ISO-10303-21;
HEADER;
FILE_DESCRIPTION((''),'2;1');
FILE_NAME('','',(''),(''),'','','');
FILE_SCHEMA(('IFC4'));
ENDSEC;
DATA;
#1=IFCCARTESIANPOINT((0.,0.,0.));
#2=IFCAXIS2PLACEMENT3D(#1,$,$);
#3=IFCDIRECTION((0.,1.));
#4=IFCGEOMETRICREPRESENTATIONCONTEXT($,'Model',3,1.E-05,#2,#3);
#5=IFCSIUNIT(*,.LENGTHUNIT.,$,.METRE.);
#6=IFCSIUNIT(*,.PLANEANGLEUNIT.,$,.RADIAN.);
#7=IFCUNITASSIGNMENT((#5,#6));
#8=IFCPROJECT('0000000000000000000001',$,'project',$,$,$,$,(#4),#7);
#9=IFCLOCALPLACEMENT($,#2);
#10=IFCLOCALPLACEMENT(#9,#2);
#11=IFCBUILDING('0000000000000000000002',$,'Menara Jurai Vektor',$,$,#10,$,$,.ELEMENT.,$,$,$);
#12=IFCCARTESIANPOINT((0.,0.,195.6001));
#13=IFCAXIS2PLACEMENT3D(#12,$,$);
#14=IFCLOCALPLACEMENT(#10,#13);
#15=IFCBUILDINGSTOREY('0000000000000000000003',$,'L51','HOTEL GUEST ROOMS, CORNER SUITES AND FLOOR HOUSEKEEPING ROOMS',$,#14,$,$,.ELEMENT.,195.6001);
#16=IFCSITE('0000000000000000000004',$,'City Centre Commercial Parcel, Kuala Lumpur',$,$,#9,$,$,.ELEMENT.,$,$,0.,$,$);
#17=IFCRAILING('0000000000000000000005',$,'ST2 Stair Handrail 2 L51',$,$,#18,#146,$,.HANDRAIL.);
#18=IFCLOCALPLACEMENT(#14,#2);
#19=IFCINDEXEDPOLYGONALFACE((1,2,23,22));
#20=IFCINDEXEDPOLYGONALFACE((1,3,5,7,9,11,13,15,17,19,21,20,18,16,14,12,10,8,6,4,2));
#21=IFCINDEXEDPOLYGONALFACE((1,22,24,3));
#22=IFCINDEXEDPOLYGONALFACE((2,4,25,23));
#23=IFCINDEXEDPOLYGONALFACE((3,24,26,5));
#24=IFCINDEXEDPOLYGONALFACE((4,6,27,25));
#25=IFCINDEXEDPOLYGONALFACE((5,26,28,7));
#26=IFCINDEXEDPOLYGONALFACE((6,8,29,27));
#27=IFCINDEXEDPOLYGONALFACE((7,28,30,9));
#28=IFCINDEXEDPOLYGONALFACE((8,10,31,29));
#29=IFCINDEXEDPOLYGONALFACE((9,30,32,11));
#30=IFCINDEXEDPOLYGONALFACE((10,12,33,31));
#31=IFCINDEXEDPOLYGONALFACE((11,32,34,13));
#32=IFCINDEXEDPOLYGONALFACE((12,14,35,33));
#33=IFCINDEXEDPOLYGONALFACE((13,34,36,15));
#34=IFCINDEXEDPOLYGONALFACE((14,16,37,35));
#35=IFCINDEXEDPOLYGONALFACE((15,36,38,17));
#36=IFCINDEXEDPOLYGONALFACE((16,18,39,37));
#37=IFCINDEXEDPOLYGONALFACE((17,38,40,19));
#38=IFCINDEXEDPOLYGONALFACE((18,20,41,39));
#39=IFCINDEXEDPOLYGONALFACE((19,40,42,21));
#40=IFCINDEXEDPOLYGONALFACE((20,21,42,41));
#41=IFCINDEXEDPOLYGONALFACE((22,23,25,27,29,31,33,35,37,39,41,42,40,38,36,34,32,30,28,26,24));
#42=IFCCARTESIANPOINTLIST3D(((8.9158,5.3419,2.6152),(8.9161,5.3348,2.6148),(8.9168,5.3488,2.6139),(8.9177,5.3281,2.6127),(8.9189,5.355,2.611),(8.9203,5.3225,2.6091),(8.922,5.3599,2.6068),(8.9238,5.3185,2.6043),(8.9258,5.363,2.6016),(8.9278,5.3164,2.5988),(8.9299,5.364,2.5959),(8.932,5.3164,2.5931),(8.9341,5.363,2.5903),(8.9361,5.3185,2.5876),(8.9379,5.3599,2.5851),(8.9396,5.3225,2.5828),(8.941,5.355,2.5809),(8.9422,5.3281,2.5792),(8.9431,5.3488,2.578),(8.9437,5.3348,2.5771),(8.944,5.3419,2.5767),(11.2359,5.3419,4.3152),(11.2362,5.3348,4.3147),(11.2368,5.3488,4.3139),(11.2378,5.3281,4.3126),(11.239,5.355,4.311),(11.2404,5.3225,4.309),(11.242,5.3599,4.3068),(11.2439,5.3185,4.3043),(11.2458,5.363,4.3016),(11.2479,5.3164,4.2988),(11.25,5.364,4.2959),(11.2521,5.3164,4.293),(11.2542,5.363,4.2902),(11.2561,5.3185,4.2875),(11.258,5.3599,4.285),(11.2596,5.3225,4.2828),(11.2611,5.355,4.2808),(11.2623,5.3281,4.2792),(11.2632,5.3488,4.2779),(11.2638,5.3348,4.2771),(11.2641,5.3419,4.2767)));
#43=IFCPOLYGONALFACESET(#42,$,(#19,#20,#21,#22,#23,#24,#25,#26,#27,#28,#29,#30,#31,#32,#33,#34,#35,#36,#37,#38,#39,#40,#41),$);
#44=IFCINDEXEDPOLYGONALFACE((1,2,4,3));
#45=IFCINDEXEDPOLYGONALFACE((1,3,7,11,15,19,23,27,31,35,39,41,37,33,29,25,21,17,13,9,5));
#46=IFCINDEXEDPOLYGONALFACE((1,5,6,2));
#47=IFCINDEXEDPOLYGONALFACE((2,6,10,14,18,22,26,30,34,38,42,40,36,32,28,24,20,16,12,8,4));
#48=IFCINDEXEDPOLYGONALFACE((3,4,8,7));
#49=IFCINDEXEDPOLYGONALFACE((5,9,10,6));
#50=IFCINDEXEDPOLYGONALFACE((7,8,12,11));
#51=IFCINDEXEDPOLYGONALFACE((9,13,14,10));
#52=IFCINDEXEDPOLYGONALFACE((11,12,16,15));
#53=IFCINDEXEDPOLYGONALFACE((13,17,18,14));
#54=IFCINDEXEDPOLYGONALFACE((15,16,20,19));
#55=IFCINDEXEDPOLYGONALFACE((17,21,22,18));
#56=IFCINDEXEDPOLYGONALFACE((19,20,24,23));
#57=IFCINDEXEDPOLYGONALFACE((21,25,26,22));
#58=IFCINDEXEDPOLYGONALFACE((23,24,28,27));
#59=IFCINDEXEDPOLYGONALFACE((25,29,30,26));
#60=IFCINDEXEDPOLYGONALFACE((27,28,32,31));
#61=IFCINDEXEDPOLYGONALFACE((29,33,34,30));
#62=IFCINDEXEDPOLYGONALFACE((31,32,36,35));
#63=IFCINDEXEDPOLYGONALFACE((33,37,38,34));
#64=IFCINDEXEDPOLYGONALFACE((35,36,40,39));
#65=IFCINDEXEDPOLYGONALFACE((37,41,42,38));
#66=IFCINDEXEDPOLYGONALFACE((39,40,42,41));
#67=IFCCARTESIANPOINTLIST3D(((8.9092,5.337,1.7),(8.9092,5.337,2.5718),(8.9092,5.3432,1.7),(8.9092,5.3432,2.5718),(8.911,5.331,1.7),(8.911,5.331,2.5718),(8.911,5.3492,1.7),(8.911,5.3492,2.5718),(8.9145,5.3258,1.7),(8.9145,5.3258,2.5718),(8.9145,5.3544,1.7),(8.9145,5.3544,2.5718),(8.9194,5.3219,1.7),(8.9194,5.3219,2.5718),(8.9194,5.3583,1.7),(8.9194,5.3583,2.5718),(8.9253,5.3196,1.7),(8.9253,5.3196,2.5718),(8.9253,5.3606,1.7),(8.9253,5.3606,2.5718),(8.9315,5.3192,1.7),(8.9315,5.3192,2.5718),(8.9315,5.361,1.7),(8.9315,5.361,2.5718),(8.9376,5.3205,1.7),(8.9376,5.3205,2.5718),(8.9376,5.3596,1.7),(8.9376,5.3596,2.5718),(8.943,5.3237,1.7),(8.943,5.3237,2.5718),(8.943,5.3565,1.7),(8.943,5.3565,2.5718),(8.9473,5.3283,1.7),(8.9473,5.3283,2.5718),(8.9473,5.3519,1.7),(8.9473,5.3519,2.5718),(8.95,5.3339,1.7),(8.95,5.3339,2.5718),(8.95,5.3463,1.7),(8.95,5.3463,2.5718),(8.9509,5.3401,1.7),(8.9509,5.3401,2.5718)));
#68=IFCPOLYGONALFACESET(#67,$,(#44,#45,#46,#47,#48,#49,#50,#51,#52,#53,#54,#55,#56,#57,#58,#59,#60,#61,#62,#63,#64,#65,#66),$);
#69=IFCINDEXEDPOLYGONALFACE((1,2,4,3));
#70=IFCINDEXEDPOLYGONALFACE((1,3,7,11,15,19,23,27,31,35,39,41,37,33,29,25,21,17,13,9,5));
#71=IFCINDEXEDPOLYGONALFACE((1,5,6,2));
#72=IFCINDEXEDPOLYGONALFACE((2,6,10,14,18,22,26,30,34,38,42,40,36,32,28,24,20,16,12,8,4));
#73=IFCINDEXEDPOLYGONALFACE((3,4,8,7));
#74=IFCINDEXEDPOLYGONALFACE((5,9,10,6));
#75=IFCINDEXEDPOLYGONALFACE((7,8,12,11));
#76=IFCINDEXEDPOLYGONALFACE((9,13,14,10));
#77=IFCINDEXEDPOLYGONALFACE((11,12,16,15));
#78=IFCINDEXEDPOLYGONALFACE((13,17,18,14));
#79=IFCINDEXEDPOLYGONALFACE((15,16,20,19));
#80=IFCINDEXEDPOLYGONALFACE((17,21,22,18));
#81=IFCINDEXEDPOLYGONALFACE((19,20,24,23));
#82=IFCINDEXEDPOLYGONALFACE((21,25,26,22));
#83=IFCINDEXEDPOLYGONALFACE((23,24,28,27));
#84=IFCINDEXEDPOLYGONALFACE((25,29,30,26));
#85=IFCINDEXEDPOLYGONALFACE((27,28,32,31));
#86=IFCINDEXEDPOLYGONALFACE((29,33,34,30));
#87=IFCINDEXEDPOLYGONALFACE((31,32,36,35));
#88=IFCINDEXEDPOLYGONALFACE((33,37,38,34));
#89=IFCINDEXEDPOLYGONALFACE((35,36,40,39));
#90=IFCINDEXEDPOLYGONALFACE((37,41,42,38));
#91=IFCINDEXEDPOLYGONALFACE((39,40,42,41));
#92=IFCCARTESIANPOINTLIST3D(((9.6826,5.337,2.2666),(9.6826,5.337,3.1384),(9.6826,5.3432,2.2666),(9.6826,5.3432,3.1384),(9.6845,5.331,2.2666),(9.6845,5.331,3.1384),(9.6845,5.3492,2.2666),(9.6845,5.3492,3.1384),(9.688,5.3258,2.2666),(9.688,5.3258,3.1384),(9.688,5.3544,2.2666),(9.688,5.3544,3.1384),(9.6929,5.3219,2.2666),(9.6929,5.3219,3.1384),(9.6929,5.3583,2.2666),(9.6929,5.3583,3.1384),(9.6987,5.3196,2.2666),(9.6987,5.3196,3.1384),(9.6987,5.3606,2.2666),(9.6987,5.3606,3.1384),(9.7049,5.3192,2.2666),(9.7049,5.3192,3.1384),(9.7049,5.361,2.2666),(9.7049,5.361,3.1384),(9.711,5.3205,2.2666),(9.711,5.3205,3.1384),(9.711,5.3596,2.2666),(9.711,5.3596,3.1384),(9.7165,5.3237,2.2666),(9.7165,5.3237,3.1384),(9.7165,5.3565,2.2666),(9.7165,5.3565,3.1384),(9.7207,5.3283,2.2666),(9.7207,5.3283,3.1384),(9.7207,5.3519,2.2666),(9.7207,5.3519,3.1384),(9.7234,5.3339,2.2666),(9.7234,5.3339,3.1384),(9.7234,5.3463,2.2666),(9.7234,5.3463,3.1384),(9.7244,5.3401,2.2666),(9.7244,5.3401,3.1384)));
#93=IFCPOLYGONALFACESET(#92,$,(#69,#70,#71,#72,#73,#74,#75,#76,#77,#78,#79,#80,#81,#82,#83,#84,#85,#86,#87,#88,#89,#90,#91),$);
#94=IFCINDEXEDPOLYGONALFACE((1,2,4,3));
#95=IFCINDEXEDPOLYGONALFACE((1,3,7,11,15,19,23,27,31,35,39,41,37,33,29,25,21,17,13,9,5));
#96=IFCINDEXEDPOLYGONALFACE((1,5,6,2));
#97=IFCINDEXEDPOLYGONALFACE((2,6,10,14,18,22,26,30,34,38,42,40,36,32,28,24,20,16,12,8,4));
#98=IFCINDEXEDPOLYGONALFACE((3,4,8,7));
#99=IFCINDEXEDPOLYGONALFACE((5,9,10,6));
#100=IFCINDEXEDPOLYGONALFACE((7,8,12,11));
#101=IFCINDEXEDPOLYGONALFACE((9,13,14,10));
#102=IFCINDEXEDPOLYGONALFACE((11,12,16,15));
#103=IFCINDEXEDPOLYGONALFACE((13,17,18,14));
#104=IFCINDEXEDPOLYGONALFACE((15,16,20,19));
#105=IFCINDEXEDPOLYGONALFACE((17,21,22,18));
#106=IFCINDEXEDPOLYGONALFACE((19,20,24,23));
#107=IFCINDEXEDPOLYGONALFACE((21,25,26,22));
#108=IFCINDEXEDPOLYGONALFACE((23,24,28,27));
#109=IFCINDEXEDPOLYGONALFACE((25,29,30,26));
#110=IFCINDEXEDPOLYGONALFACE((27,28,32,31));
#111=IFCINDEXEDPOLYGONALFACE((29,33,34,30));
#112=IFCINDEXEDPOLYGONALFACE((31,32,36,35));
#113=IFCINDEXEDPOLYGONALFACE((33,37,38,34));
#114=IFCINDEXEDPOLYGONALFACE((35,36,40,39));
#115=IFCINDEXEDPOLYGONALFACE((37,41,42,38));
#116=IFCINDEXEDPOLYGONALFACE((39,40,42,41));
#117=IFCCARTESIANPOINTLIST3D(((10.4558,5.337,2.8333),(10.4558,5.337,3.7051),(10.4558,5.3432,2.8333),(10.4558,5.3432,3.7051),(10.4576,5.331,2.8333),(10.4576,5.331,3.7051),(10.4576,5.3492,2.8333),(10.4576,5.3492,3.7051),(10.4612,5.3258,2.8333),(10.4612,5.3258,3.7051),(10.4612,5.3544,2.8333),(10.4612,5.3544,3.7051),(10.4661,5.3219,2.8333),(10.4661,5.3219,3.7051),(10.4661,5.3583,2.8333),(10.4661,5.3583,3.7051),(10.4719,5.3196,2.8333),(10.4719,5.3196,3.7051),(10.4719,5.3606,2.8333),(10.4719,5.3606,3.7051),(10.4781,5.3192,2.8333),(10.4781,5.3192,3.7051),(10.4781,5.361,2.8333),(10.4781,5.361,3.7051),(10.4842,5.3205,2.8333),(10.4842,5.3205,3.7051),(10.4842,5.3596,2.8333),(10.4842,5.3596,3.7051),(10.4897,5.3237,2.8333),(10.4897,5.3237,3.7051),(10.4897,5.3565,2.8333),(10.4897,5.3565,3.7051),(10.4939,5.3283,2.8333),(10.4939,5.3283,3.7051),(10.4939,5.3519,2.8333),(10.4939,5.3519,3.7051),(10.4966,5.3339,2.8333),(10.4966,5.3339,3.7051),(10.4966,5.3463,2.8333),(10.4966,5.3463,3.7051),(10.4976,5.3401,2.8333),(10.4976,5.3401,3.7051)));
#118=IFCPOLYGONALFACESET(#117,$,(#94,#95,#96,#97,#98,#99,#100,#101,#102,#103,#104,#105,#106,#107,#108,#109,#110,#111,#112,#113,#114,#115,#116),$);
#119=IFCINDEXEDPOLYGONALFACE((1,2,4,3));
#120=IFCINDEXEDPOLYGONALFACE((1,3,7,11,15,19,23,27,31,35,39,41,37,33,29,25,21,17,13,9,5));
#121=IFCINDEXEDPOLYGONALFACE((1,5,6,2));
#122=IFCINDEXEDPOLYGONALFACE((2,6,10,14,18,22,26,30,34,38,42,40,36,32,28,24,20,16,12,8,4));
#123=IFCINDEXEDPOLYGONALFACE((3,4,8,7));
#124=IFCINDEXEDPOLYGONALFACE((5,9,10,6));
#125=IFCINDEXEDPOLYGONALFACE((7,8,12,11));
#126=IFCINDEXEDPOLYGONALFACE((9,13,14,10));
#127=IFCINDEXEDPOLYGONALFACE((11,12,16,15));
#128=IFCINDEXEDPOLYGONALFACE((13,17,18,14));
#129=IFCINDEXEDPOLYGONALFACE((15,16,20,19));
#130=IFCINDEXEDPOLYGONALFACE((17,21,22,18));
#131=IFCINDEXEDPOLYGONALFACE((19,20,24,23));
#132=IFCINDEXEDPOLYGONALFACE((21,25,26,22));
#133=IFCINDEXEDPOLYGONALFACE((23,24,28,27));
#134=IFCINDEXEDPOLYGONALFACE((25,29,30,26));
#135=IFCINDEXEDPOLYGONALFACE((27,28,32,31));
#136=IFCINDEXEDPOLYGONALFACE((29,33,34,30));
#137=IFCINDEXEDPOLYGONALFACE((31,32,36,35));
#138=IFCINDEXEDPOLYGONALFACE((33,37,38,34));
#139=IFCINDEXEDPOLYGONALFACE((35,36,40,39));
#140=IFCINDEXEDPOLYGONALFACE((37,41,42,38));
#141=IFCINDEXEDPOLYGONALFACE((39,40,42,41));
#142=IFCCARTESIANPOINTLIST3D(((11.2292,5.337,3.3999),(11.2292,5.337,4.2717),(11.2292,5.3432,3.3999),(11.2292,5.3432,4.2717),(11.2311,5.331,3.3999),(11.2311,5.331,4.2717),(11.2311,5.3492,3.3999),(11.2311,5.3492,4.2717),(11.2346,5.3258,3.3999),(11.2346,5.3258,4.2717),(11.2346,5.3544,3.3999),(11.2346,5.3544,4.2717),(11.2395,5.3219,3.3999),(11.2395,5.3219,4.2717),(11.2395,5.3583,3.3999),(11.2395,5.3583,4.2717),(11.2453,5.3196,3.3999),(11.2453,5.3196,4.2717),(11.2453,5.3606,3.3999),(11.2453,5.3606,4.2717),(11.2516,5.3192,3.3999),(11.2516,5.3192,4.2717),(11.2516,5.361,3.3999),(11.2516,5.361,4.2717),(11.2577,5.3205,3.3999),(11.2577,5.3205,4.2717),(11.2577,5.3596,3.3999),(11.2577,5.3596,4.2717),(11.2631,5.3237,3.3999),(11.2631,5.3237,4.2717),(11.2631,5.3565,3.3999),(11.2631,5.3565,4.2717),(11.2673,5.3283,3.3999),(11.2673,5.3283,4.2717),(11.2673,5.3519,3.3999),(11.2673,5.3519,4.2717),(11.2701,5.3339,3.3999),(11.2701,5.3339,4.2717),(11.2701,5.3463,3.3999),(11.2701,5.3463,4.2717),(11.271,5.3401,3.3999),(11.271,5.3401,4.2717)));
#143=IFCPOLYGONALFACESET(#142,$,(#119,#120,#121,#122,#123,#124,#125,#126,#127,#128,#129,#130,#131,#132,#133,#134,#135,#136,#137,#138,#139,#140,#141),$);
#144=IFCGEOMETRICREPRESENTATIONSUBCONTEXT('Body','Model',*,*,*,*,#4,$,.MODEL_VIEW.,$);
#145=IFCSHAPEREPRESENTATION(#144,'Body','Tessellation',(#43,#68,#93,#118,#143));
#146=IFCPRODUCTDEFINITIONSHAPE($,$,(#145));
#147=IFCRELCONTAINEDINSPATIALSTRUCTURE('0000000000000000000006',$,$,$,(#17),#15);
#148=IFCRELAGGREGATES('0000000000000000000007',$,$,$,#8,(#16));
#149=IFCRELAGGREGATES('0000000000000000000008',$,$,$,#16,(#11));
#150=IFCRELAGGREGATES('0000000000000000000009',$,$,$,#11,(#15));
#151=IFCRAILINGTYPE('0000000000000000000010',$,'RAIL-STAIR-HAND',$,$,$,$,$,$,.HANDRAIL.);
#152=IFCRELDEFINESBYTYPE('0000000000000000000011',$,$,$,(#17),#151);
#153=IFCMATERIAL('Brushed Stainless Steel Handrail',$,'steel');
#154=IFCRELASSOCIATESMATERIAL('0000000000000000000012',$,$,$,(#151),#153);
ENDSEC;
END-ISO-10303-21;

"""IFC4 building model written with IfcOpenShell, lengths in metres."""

from ifc_helpers import new_model, si_unit, direction, frame, origin, origin_2d, place, context, subcontext, project, spatial, circle, extrude, material, type_object, element, save


model = new_model("IFC4")

# Units and contexts
model_context = context("Model", 3, precision=1e-05, world=origin(), true_north=direction((0.0, 1.0)))
body_context = subcontext(model_context, "Body", "Model", "MODEL_VIEW")
ifc_project = project(units=[si_unit("LENGTHUNIT", "METRE"), si_unit("PLANEANGLEUNIT", "RADIAN")], contexts=[model_context])

# Site, building, storey
site_placement = place(None, origin())
site = spatial("IfcSite", under=ifc_project, at=site_placement, Name="City Centre Commercial Parcel, Kuala Lumpur", CompositionType="ELEMENT", RefElevation=0.0)
building_placement = place(site_placement, origin())
building = spatial("IfcBuilding", under=site, at=building_placement, Name="Menara Jurai Vektor", CompositionType="ELEMENT")
storey_placement = place(building_placement, frame((0.0, 0.0, 195.6001)))
storey = spatial("IfcBuildingStorey", under=building, at=storey_placement, Name="L51", Description="HOTEL GUEST ROOMS, CORNER SUITES AND FLOOR HOUSEKEEPING ROOMS", CompositionType="ELEMENT", Elevation=195.6001)

# Railing
ifc_material_1 = material(Name="Brushed Stainless Steel Handrail", Category="steel")
railing_type_1 = type_object("IfcRailingType", Name="RAIL-STAIR-HAND", PredefinedType="HANDRAIL", material=ifc_material_1)
railing_1_placement = place(storey_placement, frame((8.9299, 5.3401, 1.7)))
element("IfcRailing", 1, at=railing_1_placement, inside=storey, type_object=railing_type_1, Name="ST2 Stair Handrail 2 L51", PredefinedType="HANDRAIL", context=body_context, shape_type="SweptSolid", body=[
    extrude(circle(Radius=0.0239, at=origin_2d()), frame((0.0, 0.0, 0.896), z_axis=(0.806642, 0.0, 0.59104), x_axis=(0.0, 1.0, 0.0)), (0.0, 0.0, 1.0), 2.8762),
    extrude(circle(Radius=0.021, at=origin_2d()), origin(), (0.0, 0.0, 1.0), 0.8718),
    extrude(circle(Radius=0.021, at=origin_2d()), frame((0.7734, 0.0, 0.5667)), (0.0, 0.0, 1.0), 0.8718),
    extrude(circle(Radius=0.021, at=origin_2d()), frame((1.5466, 0.0, 1.1333)), (0.0, 0.0, 1.0), 0.8718),
    extrude(circle(Radius=0.021, at=origin_2d()), frame((2.3201, 0.0, 1.7)), (0.0, 0.0, 1.0), 0.8718),
])

save(model, "model.ifc")
